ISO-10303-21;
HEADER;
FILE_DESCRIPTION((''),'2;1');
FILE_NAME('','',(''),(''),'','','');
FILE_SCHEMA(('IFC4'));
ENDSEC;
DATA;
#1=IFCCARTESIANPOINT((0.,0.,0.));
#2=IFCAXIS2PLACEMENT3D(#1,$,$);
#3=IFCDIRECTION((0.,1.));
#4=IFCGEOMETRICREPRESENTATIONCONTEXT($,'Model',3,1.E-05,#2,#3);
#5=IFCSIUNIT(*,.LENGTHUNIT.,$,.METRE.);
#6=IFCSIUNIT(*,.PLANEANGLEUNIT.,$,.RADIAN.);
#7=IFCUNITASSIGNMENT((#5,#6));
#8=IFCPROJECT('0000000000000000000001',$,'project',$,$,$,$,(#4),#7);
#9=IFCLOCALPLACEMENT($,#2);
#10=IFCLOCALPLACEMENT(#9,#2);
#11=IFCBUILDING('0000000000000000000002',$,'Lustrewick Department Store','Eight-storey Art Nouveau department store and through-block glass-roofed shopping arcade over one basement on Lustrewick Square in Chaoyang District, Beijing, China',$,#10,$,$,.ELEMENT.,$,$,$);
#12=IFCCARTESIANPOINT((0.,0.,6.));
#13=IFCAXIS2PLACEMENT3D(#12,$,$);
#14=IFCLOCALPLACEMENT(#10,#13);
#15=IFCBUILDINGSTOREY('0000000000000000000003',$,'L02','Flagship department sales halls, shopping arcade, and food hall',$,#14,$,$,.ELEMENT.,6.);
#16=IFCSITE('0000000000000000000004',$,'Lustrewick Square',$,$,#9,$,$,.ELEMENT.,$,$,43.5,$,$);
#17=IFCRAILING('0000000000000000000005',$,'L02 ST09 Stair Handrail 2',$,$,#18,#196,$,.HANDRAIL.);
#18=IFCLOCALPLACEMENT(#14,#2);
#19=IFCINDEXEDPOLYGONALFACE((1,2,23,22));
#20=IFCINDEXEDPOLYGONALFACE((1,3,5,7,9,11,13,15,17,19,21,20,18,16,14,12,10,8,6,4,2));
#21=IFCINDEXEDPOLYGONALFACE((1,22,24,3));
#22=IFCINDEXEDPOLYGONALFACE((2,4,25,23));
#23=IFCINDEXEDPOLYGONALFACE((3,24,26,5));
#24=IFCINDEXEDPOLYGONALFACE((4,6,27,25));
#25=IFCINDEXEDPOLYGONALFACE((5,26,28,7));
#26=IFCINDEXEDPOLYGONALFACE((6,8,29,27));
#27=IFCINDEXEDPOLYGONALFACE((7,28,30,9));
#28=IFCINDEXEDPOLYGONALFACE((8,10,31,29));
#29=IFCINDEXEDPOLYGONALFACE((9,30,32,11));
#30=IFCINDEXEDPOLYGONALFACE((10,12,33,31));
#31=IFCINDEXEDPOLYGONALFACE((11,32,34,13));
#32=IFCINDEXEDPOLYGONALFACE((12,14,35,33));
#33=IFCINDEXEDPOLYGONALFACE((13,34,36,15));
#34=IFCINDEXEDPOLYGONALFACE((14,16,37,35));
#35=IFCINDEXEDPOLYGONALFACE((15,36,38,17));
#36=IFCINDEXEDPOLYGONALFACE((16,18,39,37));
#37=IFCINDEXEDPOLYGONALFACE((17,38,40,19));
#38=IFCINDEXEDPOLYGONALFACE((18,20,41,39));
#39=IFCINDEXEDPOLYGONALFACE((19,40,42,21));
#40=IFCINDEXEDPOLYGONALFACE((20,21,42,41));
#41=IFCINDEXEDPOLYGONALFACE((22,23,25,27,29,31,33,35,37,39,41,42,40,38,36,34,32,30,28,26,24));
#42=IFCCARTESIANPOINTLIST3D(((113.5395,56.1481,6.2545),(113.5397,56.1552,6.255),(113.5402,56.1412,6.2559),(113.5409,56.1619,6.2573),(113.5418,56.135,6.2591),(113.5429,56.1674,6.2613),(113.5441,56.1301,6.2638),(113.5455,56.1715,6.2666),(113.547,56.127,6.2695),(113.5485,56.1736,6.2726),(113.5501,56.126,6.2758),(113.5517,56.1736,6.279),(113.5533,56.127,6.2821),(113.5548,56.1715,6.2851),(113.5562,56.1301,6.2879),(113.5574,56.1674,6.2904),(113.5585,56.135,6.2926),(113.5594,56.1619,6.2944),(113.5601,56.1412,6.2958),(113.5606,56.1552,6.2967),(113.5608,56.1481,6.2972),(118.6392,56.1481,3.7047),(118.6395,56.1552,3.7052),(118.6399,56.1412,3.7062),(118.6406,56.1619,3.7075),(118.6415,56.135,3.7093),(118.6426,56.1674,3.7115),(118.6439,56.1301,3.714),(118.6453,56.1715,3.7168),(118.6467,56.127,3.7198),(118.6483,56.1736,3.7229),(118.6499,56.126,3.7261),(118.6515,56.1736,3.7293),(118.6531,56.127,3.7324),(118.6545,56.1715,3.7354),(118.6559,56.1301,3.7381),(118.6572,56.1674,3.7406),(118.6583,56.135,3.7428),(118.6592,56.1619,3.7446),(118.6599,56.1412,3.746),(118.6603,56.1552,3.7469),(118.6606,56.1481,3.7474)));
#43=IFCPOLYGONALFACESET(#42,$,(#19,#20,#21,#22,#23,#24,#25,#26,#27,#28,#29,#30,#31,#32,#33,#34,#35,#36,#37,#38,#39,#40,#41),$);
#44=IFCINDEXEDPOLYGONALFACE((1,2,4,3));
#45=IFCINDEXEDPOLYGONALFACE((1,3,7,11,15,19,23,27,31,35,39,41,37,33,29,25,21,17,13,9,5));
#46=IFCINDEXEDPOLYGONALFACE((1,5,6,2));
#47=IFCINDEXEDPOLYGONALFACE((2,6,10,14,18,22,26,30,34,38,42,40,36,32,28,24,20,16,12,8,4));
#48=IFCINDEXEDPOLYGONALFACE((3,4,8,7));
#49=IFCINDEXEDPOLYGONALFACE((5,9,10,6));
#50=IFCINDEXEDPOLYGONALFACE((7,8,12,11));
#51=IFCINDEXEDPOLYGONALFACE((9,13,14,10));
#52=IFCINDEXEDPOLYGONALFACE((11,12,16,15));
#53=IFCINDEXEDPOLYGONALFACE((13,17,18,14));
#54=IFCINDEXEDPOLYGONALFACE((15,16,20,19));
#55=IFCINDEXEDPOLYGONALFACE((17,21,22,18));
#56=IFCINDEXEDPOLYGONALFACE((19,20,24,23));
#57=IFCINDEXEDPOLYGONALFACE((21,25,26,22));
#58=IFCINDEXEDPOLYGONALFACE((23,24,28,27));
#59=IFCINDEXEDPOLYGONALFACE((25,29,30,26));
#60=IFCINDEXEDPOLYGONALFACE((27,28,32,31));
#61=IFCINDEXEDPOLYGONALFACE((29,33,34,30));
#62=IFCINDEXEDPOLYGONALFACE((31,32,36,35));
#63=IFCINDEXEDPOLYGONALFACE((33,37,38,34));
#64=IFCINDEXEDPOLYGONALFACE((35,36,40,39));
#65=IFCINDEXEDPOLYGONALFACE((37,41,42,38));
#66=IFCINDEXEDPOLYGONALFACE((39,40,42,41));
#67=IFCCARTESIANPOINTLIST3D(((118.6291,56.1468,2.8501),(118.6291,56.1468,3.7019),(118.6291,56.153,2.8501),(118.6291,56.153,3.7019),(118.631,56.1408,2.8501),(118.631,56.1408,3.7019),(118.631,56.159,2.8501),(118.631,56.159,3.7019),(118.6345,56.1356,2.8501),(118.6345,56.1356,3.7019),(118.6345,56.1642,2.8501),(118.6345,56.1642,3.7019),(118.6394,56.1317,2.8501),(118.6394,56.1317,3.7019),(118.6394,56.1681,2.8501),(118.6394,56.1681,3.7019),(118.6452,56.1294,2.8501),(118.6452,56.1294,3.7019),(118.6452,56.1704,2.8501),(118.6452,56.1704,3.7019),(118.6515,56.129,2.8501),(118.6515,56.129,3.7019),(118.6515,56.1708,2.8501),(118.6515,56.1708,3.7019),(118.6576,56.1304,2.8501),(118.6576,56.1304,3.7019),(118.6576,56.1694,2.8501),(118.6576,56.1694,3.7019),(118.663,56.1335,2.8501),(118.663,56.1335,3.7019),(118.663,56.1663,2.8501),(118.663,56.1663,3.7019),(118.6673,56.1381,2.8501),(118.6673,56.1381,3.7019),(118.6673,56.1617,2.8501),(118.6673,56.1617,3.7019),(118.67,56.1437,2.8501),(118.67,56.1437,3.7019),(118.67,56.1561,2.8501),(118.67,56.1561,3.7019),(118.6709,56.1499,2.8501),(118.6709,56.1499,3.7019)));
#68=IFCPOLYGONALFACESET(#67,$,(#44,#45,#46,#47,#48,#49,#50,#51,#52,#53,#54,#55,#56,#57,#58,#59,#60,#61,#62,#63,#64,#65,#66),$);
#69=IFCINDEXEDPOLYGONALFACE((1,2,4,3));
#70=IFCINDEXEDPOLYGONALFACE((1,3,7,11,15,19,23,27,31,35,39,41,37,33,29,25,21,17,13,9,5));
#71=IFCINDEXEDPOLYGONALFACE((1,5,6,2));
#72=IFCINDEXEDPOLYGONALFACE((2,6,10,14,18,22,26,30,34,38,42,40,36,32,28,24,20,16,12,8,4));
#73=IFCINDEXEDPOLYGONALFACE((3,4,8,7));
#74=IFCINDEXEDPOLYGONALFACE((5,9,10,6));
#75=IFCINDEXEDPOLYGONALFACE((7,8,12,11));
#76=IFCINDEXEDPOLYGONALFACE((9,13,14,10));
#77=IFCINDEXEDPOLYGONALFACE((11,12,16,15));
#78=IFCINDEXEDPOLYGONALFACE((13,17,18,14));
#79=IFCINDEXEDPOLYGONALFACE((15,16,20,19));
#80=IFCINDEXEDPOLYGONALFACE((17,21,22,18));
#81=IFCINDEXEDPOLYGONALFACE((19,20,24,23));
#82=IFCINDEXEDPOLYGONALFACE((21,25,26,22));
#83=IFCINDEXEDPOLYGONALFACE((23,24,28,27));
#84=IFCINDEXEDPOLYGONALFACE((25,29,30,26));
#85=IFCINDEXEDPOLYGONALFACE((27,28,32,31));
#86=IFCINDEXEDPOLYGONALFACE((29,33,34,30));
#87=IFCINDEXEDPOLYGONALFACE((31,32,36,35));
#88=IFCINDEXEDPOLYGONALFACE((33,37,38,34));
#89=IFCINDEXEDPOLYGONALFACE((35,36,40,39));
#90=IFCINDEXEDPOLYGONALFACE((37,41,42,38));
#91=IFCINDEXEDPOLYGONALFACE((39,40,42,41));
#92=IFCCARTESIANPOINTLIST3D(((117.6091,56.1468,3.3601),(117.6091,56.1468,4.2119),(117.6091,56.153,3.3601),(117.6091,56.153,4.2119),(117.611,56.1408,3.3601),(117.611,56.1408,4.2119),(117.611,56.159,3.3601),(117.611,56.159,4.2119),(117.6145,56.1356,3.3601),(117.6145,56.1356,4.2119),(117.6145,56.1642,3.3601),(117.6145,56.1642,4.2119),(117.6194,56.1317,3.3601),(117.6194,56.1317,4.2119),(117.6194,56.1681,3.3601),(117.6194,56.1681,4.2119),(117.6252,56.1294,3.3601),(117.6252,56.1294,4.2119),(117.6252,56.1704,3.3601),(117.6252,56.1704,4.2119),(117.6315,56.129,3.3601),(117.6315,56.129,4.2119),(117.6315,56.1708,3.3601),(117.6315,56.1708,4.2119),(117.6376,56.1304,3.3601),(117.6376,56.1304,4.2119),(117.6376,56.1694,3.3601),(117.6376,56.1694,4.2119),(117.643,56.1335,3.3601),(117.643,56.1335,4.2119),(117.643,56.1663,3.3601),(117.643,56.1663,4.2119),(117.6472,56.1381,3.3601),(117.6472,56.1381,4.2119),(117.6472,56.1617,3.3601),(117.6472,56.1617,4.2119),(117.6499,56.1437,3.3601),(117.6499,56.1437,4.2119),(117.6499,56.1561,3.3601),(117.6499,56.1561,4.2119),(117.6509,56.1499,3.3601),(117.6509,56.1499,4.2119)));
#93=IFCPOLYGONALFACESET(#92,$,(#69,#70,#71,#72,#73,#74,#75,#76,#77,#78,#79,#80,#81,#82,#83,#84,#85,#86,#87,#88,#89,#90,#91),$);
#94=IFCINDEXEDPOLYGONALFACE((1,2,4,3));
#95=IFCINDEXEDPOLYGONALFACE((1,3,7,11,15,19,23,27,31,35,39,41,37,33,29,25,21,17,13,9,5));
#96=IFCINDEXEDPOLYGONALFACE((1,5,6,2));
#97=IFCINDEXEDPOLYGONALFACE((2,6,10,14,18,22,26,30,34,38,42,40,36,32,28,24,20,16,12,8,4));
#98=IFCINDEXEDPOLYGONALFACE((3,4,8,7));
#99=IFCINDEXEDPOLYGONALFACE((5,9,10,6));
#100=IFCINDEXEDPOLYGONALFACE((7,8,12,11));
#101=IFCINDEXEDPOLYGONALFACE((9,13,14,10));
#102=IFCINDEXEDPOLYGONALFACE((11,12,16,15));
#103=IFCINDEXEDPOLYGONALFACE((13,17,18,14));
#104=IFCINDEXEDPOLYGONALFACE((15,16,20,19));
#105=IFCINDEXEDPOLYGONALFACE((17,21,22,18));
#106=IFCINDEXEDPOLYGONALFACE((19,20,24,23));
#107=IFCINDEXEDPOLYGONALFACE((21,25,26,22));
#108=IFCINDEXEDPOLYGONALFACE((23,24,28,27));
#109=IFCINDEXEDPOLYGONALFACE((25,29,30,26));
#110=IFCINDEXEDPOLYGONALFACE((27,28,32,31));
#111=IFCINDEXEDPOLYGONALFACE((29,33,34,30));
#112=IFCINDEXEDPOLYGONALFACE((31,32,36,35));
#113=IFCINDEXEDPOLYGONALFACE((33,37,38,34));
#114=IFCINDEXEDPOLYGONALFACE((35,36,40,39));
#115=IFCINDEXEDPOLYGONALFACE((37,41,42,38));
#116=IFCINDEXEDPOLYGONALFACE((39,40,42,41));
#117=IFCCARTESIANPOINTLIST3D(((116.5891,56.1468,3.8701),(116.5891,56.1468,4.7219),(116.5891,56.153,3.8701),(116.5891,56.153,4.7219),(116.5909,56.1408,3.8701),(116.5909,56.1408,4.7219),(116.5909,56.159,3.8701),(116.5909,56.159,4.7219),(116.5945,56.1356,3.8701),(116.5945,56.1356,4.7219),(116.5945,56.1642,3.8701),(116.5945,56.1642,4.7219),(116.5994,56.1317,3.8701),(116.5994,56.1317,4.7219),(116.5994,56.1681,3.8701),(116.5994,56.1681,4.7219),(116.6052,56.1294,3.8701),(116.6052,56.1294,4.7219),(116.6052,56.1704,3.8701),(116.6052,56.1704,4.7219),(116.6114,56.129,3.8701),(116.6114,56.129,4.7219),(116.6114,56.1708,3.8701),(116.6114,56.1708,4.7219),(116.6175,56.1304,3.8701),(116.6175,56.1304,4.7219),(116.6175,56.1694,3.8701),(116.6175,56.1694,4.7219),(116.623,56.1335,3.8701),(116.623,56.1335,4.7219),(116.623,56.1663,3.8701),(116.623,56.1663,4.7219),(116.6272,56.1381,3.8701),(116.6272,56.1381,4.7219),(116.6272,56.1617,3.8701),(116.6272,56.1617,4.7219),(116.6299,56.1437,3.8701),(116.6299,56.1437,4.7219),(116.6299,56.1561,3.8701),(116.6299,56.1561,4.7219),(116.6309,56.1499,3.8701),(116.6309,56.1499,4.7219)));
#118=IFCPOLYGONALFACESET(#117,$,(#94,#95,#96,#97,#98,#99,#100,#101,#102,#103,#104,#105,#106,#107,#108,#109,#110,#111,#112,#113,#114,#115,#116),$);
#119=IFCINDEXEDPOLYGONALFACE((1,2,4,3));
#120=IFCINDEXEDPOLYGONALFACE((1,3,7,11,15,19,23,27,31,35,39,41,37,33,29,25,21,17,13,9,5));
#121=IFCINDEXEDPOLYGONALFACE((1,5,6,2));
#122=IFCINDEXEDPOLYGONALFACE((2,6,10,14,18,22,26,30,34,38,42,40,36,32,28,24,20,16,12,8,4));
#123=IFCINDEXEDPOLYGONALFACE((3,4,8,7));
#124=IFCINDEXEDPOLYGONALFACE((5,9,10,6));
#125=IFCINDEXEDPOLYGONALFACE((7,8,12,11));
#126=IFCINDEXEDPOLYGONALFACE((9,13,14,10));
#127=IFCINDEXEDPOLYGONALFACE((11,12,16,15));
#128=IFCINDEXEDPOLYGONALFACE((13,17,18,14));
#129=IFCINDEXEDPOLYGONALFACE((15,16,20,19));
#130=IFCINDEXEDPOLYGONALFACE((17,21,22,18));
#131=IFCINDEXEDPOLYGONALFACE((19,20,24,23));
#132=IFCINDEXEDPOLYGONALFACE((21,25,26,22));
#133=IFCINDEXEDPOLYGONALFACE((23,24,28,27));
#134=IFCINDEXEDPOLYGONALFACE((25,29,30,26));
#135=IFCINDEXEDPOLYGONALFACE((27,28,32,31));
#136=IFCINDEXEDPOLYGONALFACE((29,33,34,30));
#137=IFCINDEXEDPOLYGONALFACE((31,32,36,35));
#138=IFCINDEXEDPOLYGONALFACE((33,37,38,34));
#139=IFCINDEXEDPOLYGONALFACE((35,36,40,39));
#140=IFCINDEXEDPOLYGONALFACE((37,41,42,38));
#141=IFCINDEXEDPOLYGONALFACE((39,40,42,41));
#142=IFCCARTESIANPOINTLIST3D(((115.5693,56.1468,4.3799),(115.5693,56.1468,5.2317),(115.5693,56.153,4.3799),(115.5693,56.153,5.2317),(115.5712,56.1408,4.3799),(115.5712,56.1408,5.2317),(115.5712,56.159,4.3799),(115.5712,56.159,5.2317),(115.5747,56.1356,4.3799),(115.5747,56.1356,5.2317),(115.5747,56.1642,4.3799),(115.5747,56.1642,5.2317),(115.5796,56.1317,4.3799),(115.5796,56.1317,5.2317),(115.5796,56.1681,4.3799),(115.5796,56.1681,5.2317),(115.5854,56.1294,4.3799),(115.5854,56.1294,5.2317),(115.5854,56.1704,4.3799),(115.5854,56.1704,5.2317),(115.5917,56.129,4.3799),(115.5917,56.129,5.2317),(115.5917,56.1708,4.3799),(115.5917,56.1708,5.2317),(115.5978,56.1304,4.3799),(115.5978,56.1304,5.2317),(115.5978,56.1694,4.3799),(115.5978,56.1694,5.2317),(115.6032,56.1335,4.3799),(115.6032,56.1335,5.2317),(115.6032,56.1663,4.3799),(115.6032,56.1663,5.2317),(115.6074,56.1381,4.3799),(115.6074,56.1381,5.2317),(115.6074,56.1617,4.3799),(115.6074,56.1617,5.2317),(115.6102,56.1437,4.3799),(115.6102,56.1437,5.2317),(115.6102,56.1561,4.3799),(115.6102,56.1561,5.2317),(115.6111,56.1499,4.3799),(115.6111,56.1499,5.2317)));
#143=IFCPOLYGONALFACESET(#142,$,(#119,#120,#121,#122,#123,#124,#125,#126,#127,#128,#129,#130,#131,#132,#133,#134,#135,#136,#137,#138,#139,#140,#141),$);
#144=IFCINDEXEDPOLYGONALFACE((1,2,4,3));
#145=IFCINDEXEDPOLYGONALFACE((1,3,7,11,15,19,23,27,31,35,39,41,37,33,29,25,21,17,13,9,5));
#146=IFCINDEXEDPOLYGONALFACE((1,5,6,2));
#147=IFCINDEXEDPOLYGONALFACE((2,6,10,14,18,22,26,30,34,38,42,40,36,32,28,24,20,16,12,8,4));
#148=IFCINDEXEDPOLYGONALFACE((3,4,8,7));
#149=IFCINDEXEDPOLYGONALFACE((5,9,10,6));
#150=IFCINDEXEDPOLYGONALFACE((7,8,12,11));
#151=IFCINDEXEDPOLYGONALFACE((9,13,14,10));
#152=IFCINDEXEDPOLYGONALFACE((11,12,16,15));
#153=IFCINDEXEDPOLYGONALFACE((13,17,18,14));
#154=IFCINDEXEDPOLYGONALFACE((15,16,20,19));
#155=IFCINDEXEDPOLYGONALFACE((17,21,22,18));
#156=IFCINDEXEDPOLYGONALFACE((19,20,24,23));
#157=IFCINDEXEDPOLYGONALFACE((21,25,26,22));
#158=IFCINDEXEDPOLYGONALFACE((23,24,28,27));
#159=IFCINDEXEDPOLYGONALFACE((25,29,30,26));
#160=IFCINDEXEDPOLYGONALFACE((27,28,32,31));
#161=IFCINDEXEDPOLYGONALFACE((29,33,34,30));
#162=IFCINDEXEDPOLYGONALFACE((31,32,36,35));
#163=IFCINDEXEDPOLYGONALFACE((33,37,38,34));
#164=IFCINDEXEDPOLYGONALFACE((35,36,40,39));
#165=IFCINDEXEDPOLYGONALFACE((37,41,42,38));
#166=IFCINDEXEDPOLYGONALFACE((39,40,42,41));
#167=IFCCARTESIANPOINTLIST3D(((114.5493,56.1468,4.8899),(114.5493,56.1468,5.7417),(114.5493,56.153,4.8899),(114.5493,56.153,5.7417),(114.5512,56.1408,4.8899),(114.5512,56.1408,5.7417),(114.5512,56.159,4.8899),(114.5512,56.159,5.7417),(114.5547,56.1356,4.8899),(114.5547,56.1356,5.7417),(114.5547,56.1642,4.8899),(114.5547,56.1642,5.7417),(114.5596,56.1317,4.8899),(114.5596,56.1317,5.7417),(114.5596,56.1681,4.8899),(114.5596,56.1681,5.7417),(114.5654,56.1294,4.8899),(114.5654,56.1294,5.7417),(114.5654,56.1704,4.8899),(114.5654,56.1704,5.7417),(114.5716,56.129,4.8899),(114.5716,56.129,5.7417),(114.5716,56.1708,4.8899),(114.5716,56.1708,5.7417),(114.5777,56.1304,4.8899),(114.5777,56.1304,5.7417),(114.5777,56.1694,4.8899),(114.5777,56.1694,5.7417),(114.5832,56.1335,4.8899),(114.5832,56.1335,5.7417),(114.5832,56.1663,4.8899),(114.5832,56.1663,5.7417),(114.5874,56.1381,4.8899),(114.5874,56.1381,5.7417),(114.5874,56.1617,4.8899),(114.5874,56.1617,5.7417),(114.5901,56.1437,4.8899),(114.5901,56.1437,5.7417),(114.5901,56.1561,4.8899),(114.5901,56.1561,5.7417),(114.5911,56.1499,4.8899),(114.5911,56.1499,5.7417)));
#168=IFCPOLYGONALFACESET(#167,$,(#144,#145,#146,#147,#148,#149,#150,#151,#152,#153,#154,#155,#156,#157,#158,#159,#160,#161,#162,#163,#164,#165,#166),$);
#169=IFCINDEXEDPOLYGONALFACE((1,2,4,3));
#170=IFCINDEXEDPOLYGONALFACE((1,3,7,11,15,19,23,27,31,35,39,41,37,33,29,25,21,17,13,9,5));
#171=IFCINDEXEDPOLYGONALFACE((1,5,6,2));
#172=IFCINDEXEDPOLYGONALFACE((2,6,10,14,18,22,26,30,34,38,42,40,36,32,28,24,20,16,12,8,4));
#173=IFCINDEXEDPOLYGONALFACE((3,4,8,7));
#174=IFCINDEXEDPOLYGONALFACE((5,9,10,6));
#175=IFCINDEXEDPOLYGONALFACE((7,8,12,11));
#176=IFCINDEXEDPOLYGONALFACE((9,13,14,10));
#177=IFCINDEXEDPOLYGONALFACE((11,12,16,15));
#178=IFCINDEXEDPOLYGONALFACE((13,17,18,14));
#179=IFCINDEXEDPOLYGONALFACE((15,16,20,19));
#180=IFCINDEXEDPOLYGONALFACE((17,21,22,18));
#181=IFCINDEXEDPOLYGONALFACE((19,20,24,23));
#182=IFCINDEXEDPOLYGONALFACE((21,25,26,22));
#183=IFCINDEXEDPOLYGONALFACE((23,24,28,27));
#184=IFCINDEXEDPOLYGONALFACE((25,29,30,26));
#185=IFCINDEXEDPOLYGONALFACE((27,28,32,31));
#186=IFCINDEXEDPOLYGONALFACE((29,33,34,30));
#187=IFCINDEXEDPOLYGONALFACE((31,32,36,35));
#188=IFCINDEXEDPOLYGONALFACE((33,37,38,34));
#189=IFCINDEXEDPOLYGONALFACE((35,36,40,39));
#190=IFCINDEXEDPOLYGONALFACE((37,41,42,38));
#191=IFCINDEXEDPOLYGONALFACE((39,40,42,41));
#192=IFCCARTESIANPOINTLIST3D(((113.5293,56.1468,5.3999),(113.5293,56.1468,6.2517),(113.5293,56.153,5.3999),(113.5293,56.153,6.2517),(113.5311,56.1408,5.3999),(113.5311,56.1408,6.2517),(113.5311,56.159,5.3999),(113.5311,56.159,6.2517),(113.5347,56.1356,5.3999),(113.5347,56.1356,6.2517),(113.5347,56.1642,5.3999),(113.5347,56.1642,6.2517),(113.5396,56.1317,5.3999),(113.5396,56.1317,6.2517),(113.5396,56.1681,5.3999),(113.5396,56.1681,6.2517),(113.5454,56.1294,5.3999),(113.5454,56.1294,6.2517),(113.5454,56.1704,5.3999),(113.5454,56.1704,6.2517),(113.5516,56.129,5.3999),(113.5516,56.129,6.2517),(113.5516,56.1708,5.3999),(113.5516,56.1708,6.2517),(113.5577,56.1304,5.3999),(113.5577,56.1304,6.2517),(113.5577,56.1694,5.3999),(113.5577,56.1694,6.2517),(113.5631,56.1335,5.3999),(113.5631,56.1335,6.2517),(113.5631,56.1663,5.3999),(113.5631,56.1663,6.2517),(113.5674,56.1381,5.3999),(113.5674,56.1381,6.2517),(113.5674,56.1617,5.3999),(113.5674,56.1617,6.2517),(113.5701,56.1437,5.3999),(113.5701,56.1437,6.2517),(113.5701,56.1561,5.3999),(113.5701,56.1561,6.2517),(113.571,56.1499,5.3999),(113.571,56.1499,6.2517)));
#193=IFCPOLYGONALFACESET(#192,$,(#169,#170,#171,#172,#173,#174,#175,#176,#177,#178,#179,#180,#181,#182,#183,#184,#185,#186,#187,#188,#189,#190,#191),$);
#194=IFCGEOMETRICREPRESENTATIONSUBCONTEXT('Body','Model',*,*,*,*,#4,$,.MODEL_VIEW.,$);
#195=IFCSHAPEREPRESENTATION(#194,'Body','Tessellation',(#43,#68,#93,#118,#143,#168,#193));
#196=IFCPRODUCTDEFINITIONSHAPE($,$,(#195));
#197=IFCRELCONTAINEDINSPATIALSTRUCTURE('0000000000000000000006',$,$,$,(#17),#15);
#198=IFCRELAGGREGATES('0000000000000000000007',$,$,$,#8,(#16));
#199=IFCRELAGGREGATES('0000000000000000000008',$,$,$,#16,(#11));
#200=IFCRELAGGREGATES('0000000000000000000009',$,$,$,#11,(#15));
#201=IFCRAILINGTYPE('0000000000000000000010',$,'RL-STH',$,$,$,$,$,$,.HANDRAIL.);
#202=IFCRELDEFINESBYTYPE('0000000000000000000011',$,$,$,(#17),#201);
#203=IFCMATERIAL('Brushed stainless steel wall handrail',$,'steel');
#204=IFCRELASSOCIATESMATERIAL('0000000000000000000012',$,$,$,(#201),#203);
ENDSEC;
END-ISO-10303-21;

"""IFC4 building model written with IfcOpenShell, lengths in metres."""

from ifc_helpers import new_model, si_unit, direction, frame, origin, origin_2d, place, context, subcontext, project, spatial, circle, extrude, material, type_object, element, save


model = new_model("IFC4")

# Units and contexts
model_context = context("Model", 3, precision=1e-05, world=origin(), true_north=direction((0.0, 1.0)))
body_context = subcontext(model_context, "Body", "Model", "MODEL_VIEW")
ifc_project = project(units=[si_unit("LENGTHUNIT", "METRE"), si_unit("PLANEANGLEUNIT", "RADIAN")], contexts=[model_context])

# Site, building, storey
site_placement = place(None, origin())
site = spatial("IfcSite", under=ifc_project, at=site_placement, Name="Lustrewick Square", CompositionType="ELEMENT", RefElevation=43.5)
building_placement = place(site_placement, origin())
building = spatial("IfcBuilding", under=site, at=building_placement, Name="Lustrewick Department Store", Description="Eight-storey Art Nouveau department store and through-block glass-roofed shopping arcade over one basement on Lustrewick Square in Chaoyang District, Beijing, China", CompositionType="ELEMENT")
storey_placement = place(building_placement, frame((0.0, 0.0, 6.0)))
storey = spatial("IfcBuildingStorey", under=building, at=storey_placement, Name="L02", Description="Flagship department sales halls, shopping arcade, and food hall", CompositionType="ELEMENT", Elevation=6.0)

# Railing
ifc_material_1 = material(Name="Brushed stainless steel wall handrail", Category="steel")
railing_type_1 = type_object("IfcRailingType", Name="RL-STH", PredefinedType="HANDRAIL", material=ifc_material_1)
railing_1_placement = place(storey_placement, frame((118.6499, 56.1499, 2.8501)))
element("IfcRailing", 1, at=railing_1_placement, inside=storey, type_object=railing_type_1, Name="L02 ST09 Stair Handrail 2", PredefinedType="HANDRAIL", context=body_context, shape_type="SweptSolid", body=[
    extrude(circle(Radius=0.0239, at=origin_2d()), frame((0.0, 0.0, 0.876), z_axis=(-0.894436, 0.0, 0.447196), x_axis=(0.0, -1.0, 0.0)), (0.0, 0.0, 1.0), 5.7017),
    extrude(circle(Radius=0.021, at=origin_2d()), origin(), (0.0, 0.0, 1.0), 0.8518),
    extrude(circle(Radius=0.021, at=origin_2d()), frame((-1.02, 0.0, 0.51)), (0.0, 0.0, 1.0), 0.8518),
    extrude(circle(Radius=0.021, at=origin_2d()), frame((-2.04, 0.0, 1.02)), (0.0, 0.0, 1.0), 0.8518),
    extrude(circle(Radius=0.021, at=origin_2d()), frame((-3.0598, 0.0, 1.5298)), (0.0, 0.0, 1.0), 0.8518),
    extrude(circle(Radius=0.021, at=origin_2d()), frame((-4.0798, 0.0, 2.0398)), (0.0, 0.0, 1.0), 0.8518),
    extrude(circle(Radius=0.021, at=origin_2d()), frame((-5.0999, 0.0, 2.5498)), (0.0, 0.0, 1.0), 0.8518),
])

save(model, "model.ifc")
